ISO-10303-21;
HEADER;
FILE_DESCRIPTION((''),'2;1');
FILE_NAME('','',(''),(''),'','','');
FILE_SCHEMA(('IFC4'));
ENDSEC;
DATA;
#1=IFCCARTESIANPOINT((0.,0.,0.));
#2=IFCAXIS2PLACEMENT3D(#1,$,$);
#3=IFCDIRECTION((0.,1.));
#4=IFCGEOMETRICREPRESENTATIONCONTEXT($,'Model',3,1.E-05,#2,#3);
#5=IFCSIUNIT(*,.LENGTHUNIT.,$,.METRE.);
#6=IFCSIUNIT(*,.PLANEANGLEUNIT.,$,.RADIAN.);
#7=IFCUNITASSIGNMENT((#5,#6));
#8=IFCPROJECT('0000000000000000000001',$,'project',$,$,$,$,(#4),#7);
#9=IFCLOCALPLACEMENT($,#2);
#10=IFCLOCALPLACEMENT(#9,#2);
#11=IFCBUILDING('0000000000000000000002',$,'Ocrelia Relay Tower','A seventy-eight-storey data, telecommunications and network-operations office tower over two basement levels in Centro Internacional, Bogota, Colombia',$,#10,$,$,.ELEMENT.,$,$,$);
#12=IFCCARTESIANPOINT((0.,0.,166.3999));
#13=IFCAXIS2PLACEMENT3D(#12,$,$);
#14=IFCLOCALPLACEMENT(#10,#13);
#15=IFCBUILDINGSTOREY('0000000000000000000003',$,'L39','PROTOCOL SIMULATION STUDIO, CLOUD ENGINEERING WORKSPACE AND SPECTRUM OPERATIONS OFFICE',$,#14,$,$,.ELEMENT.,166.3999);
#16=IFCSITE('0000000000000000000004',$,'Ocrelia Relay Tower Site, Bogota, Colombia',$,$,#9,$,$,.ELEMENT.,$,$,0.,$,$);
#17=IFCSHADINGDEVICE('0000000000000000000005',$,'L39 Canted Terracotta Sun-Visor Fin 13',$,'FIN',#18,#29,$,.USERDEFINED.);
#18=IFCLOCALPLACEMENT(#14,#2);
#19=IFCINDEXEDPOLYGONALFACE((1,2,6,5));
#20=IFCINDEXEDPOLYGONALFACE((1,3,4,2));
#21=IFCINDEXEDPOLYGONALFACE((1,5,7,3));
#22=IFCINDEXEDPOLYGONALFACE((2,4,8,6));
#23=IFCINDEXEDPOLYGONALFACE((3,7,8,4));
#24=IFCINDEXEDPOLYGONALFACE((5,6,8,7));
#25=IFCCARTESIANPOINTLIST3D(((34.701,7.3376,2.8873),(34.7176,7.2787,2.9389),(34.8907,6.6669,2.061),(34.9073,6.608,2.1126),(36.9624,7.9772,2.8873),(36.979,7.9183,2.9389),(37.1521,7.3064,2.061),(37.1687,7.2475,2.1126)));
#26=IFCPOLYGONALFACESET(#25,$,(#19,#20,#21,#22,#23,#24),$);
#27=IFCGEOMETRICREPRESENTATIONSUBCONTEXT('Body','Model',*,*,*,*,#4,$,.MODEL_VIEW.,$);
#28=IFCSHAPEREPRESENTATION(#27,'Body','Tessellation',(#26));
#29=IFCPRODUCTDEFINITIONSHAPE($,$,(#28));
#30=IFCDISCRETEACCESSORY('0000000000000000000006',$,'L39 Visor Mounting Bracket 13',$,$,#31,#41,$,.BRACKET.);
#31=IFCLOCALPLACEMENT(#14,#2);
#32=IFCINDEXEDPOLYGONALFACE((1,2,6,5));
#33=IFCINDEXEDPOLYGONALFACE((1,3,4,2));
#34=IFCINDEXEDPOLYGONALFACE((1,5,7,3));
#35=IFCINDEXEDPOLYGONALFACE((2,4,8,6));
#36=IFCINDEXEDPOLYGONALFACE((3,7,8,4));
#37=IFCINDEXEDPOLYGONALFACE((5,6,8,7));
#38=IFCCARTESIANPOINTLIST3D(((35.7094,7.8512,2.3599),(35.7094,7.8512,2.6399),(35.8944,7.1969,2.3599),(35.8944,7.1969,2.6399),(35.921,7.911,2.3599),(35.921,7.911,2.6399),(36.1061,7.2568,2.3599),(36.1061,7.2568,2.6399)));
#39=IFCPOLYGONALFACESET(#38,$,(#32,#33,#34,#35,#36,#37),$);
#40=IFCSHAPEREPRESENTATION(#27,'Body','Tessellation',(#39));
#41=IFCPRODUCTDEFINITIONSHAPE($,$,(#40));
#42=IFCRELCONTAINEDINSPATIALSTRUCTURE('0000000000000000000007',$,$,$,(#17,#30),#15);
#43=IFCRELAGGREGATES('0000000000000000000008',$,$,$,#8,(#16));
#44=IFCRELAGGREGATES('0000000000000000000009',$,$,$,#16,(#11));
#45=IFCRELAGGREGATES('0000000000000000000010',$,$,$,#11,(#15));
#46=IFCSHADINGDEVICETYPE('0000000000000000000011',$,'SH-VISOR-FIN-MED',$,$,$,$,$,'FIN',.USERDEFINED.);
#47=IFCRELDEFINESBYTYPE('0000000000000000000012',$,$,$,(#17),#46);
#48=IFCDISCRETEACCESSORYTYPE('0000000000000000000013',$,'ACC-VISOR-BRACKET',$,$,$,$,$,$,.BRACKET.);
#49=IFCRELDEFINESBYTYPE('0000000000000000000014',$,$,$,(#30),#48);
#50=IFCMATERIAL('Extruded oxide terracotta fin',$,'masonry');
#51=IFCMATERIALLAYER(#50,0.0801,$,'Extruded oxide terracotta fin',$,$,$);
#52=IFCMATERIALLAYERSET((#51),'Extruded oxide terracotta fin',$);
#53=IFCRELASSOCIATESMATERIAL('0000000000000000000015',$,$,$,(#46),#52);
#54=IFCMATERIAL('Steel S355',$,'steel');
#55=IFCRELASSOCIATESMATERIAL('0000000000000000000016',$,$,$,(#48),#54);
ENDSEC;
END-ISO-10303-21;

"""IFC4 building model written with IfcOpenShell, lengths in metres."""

from ifc_helpers import new_model, si_unit, direction, frame, origin, origin_2d, place, context, subcontext, project, spatial, rectangle, extrude, material, layer, layer_set, type_object, element, save


model = new_model("IFC4")

# Units and contexts
model_context = context("Model", 3, precision=1e-05, world=origin(), true_north=direction((0.0, 1.0)))
body_context = subcontext(model_context, "Body", "Model", "MODEL_VIEW")
ifc_project = project(units=[si_unit("LENGTHUNIT", "METRE"), si_unit("PLANEANGLEUNIT", "RADIAN")], contexts=[model_context])

# Site, building, storey
site_placement = place(None, origin())
site = spatial("IfcSite", under=ifc_project, at=site_placement, Name="Ocrelia Relay Tower Site, Bogota, Colombia", CompositionType="ELEMENT", RefElevation=0.0)
building_placement = place(site_placement, origin())
building = spatial("IfcBuilding", under=site, at=building_placement, Name="Ocrelia Relay Tower", Description="A seventy-eight-storey data, telecommunications and network-operations office tower over two basement levels in Centro Internacional, Bogota, Colombia", CompositionType="ELEMENT")
storey_placement = place(building_placement, frame((0.0, 0.0, 166.3999)))
storey = spatial("IfcBuildingStorey", under=building, at=storey_placement, Name="L39", Description="PROTOCOL SIMULATION STUDIO, CLOUD ENGINEERING WORKSPACE AND SPECTRUM OPERATIONS OFFICE", CompositionType="ELEMENT", Elevation=166.3999)

# Shared definitions
ifc_material_1 = material(Name="Steel S355", Category="steel")

# Shading device
ifc_material_2 = material(Name="Extruded oxide terracotta fin", Category="masonry")
ifc_layer_1 = layer(ifc_material_2, 0.0801, Name="Extruded oxide terracotta fin")
ifc_layer_set_1 = layer_set([ifc_layer_1], Name="Extruded oxide terracotta fin")
shading_device_type_1 = type_object("IfcShadingDeviceType", Name="SH-VISOR-FIN-MED", ElementType="FIN", PredefinedType="USERDEFINED", material=ifc_layer_set_1)
shading_device_1_placement = place(storey_placement, frame((35.9265, 7.322, 2.4741), z_axis=(0.208015, -0.73551, 0.644791), x_axis=(0.962257, 0.272143, 0.0)))
element("IfcShadingDevice", 1, at=shading_device_1_placement, inside=storey, type_object=shading_device_type_1, Name="L39 Canted Terracotta Sun-Visor Fin 13", ObjectType="FIN", PredefinedType="USERDEFINED", context=body_context, shape_type="SweptSolid", body=[
    extrude(rectangle(XDim=2.3501, YDim=1.0811, at=origin_2d()), origin(), (0.0, 0.0, 1.0), 0.0801),
])

# Discrete accessory
discrete_accessory_type = type_object("IfcDiscreteAccessoryType", Name="ACC-VISOR-BRACKET", PredefinedType="BRACKET", material=ifc_material_1)
discrete_accessory_placement = place(storey_placement, frame((35.9077, 7.554, 2.3599), z_axis=(0.0, 0.0, 1.0), x_axis=(0.962257, 0.272143, 0.0)))
element("IfcDiscreteAccessory", 2, at=discrete_accessory_placement, inside=storey, type_object=discrete_accessory_type, Name="L39 Visor Mounting Bracket 13", PredefinedType="BRACKET", context=body_context, shape_type="SweptSolid", body=[
    extrude(rectangle(XDim=0.22, YDim=0.6799, at=origin_2d()), origin(), (0.0, 0.0, 1.0), 0.28),
])

save(model, "model.ifc")
